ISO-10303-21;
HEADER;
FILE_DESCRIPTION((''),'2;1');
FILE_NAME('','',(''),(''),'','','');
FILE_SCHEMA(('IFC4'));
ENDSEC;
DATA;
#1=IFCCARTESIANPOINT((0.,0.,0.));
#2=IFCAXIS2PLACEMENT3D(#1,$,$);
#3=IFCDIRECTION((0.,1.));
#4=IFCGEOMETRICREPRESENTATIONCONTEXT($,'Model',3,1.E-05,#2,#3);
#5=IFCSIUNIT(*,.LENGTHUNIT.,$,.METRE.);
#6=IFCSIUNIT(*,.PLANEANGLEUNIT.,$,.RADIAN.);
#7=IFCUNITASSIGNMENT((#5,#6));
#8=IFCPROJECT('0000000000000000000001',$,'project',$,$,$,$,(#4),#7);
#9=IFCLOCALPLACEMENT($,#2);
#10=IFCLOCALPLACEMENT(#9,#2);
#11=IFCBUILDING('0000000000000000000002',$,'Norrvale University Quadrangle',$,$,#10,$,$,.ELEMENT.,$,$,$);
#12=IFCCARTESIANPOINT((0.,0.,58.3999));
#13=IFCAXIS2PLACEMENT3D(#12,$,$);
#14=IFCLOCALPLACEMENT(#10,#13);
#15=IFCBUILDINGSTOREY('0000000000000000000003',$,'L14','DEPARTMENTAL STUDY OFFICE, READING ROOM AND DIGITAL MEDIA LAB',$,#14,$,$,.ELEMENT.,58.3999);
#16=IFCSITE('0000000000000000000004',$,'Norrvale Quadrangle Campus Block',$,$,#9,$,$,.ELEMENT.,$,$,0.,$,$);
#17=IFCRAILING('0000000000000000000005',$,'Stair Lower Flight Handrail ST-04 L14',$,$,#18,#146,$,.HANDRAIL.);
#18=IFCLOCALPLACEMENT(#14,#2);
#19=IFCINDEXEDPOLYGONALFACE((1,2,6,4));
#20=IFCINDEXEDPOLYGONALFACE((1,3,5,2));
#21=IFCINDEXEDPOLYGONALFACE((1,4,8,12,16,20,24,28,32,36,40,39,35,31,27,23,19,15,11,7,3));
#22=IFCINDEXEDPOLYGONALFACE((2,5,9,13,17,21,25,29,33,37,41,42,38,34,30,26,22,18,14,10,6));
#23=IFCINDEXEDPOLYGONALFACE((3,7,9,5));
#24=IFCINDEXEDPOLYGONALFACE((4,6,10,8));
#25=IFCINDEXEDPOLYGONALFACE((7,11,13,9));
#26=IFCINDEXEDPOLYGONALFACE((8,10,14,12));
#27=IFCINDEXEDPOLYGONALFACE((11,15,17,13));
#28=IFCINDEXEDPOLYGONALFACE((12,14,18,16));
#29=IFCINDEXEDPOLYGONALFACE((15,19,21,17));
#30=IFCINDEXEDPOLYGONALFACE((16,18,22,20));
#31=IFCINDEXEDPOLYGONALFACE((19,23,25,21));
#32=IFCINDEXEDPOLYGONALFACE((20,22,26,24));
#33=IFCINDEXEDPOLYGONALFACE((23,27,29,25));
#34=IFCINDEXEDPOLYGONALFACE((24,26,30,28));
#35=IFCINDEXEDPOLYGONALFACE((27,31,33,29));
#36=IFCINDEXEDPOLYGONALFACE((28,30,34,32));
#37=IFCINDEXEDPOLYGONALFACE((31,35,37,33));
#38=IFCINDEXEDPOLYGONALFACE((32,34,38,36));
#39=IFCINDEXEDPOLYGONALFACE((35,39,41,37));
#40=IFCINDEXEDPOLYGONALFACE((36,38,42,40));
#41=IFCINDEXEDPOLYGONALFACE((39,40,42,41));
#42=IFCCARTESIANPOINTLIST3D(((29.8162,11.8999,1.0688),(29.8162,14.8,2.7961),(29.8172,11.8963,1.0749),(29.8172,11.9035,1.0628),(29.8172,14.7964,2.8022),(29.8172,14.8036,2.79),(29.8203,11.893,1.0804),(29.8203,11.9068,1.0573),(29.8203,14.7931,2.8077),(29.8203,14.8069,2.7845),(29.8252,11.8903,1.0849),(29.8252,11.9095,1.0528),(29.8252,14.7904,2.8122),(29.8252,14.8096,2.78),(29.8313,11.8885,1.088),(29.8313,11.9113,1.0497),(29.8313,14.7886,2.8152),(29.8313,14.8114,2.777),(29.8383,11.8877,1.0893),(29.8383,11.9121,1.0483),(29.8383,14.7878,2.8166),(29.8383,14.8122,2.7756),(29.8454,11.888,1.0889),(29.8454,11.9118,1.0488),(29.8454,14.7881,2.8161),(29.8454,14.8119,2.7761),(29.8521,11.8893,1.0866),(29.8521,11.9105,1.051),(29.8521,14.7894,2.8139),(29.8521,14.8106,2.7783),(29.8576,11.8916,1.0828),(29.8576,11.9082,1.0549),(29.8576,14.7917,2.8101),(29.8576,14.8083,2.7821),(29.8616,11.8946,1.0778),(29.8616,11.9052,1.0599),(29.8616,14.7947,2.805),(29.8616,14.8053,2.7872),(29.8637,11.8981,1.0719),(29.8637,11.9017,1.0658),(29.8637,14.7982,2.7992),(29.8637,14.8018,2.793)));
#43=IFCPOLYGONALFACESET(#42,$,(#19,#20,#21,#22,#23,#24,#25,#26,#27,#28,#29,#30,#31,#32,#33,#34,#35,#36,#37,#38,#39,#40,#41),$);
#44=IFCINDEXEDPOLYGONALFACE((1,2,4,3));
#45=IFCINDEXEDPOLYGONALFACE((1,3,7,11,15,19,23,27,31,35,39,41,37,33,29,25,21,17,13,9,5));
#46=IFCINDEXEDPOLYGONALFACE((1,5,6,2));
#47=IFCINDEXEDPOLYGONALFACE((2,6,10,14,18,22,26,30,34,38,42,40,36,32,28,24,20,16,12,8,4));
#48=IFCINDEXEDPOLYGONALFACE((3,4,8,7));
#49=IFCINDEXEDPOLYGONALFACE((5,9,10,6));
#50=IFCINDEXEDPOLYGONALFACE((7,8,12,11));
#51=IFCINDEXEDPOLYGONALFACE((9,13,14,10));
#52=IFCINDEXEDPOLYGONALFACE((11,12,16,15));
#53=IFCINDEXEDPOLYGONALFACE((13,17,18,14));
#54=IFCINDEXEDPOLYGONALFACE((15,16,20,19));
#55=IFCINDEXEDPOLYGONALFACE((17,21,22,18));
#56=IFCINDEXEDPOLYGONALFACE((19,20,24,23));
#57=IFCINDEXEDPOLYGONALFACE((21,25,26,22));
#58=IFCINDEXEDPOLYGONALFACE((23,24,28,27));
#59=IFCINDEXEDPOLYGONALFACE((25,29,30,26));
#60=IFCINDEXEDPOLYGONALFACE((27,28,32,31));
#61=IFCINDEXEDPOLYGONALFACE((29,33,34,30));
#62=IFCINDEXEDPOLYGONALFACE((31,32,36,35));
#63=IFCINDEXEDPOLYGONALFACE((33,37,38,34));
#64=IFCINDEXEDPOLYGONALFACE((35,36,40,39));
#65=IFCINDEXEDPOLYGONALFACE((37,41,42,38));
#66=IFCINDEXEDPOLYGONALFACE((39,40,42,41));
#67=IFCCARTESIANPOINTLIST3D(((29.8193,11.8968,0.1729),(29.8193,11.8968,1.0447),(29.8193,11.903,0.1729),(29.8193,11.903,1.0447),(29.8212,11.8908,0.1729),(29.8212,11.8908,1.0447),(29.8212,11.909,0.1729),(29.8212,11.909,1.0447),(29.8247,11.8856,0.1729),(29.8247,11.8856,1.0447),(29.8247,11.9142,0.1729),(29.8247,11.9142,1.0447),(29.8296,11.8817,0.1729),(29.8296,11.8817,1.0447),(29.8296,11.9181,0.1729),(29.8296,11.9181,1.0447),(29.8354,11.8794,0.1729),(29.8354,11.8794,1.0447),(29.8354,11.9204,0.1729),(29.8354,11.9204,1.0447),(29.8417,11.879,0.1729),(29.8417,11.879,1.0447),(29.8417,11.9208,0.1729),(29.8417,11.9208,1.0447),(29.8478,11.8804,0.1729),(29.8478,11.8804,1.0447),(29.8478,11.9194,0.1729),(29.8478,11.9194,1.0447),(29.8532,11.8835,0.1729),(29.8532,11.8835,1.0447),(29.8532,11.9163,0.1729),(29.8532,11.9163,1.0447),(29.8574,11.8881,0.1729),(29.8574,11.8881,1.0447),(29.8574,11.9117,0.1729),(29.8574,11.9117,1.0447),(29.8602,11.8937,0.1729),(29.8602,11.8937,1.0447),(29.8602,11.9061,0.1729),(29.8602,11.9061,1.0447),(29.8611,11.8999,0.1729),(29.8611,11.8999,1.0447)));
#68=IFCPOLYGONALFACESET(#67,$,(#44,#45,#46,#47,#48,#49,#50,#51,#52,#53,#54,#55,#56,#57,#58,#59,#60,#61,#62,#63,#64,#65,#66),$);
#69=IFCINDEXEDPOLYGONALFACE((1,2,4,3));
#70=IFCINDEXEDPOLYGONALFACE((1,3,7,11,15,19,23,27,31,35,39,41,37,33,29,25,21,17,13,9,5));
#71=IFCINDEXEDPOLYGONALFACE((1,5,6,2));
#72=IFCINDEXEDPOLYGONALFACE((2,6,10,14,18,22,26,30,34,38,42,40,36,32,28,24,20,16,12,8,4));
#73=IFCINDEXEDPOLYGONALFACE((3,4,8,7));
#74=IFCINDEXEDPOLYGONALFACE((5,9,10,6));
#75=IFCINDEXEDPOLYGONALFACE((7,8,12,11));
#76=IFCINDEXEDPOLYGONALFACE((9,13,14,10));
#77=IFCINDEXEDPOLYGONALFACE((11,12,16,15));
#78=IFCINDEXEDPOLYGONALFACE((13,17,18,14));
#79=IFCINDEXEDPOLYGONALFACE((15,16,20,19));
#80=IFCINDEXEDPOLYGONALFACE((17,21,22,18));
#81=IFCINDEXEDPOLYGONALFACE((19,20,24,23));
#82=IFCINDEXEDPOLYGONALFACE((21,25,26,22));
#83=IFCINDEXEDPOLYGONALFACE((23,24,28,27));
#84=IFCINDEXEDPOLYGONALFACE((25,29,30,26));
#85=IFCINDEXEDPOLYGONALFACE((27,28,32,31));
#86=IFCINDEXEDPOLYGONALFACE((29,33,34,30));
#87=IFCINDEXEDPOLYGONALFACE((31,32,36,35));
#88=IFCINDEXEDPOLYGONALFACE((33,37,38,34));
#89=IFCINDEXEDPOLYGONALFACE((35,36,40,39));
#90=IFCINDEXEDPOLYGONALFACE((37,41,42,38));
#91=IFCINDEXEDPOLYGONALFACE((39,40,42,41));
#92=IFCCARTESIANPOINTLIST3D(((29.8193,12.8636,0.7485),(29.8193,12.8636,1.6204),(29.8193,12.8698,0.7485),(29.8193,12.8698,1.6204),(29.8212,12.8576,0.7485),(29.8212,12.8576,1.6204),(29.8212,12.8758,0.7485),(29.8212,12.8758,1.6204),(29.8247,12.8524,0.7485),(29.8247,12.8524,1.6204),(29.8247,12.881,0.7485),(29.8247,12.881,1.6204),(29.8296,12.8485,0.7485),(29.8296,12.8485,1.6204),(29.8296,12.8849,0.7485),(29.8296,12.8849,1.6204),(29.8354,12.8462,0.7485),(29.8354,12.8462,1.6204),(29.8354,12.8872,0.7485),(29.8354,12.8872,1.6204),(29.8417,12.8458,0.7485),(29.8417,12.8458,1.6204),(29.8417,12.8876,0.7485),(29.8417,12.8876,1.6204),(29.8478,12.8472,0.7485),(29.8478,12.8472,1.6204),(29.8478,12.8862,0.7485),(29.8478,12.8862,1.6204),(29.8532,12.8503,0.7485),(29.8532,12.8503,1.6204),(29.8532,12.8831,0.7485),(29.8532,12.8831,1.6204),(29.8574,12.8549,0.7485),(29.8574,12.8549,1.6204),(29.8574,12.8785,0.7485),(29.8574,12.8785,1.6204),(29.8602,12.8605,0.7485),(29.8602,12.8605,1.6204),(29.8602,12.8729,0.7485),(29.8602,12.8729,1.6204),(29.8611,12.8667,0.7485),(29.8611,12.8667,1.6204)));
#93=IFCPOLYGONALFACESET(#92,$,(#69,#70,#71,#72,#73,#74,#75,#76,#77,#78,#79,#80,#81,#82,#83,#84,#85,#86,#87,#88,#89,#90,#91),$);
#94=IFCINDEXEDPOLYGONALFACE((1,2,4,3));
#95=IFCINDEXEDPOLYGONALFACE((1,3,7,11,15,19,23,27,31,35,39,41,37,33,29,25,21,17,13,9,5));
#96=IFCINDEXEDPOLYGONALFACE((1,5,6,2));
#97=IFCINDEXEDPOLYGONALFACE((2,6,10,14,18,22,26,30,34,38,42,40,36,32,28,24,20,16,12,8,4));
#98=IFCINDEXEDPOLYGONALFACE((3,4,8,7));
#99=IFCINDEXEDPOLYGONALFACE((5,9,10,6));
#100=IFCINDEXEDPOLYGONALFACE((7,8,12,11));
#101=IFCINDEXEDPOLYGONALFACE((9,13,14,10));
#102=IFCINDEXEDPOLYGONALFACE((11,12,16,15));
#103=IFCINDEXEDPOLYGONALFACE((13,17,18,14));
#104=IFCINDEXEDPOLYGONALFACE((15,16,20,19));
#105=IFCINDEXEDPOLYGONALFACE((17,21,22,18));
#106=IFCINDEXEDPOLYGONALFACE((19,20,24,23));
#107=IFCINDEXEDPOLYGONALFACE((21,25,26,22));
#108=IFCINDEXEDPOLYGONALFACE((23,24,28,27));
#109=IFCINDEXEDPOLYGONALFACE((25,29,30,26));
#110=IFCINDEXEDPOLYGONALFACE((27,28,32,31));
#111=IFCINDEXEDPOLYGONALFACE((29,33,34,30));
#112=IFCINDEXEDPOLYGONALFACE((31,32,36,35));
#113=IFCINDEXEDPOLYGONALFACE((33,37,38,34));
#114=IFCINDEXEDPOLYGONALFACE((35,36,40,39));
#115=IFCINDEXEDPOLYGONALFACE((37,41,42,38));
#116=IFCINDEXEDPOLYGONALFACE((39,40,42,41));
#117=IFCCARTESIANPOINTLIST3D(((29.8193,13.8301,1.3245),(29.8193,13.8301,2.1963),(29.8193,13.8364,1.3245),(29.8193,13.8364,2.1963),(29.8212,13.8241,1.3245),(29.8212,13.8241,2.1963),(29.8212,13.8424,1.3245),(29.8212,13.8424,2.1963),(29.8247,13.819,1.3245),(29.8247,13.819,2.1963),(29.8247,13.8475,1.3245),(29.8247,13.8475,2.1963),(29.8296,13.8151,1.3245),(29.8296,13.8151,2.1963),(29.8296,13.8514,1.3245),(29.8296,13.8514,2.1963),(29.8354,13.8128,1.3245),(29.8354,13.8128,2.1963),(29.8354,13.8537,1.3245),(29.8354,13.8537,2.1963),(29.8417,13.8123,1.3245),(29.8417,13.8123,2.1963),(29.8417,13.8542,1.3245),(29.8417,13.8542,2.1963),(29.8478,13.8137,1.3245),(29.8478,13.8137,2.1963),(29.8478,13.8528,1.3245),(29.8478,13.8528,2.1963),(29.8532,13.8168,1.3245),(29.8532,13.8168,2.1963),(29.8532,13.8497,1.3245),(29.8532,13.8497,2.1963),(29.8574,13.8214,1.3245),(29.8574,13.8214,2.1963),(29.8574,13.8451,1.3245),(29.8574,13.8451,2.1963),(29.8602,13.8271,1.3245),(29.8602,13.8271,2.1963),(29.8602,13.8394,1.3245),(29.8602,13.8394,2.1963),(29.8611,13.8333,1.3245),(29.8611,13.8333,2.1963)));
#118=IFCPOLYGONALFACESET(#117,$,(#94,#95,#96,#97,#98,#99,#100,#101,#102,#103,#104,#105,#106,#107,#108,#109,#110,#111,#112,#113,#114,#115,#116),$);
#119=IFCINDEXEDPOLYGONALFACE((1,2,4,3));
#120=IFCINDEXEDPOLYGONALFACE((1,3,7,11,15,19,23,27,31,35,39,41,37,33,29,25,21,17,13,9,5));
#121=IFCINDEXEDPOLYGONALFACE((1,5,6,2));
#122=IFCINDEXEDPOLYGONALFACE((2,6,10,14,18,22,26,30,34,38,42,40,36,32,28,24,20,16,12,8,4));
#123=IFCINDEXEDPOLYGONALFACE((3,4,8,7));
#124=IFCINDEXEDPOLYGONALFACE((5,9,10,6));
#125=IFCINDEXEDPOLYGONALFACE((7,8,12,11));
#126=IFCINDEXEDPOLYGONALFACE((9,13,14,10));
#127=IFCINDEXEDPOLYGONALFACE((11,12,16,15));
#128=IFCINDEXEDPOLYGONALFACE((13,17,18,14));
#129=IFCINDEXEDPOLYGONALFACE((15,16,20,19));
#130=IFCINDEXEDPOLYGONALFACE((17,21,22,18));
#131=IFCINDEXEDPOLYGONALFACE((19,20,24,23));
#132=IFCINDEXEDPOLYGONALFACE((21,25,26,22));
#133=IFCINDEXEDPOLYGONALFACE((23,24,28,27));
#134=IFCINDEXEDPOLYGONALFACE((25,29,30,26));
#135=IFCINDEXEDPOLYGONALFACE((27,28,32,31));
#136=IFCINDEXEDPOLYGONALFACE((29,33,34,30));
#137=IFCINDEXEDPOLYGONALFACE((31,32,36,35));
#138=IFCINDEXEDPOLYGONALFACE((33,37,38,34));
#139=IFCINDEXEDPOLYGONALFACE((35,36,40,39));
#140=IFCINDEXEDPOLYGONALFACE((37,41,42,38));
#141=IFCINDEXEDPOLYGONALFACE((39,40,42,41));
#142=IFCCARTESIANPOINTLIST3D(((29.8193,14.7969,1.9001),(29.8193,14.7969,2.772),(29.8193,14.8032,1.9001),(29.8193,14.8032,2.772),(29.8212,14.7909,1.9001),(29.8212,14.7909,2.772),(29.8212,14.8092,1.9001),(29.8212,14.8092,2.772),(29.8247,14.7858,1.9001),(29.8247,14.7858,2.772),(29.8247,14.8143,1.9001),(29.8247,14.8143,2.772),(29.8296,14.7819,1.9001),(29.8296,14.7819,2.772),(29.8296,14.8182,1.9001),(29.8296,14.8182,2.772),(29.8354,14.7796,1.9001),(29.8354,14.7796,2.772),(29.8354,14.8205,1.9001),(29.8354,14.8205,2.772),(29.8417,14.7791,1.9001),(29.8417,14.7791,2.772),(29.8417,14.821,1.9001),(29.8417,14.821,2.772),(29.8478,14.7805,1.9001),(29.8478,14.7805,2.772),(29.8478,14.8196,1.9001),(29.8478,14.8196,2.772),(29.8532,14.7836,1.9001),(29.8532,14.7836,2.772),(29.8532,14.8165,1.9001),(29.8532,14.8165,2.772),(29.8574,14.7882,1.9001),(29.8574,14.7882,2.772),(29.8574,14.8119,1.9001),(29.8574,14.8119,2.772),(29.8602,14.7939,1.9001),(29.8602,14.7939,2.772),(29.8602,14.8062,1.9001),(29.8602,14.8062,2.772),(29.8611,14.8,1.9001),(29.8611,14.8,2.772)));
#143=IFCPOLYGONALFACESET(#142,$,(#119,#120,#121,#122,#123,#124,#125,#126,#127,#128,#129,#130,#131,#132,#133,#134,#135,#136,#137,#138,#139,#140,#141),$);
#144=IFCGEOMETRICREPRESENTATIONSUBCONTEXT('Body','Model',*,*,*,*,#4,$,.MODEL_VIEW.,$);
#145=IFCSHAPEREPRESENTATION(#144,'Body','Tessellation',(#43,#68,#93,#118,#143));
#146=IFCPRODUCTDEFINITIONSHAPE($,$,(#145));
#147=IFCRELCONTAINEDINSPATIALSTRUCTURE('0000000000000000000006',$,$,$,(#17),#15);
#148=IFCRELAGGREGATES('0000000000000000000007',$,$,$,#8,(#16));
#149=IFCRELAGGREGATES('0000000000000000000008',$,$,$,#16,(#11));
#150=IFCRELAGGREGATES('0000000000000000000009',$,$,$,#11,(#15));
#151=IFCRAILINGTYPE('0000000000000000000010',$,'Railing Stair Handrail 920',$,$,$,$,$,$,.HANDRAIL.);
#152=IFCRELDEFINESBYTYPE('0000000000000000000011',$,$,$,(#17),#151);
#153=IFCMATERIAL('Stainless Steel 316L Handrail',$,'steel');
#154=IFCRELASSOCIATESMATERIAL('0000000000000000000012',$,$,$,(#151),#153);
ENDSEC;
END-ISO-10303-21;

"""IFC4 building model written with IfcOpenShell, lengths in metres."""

from ifc_helpers import new_model, si_unit, direction, frame, origin, origin_2d, place, context, subcontext, project, spatial, circle, extrude, material, type_object, element, save


model = new_model("IFC4")

# Units and contexts
model_context = context("Model", 3, precision=1e-05, world=origin(), true_north=direction((0.0, 1.0)))
body_context = subcontext(model_context, "Body", "Model", "MODEL_VIEW")
ifc_project = project(units=[si_unit("LENGTHUNIT", "METRE"), si_unit("PLANEANGLEUNIT", "RADIAN")], contexts=[model_context])

# Site, building, storey
site_placement = place(None, origin())
site = spatial("IfcSite", under=ifc_project, at=site_placement, Name="Norrvale Quadrangle Campus Block", CompositionType="ELEMENT", RefElevation=0.0)
building_placement = place(site_placement, origin())
building = spatial("IfcBuilding", under=site, at=building_placement, Name="Norrvale University Quadrangle", CompositionType="ELEMENT")
storey_placement = place(building_placement, frame((0.0, 0.0, 58.3999)))
storey = spatial("IfcBuildingStorey", under=building, at=storey_placement, Name="L14", Description="DEPARTMENTAL STUDY OFFICE, READING ROOM AND DIGITAL MEDIA LAB", CompositionType="ELEMENT", Elevation=58.3999)

# Railing
ifc_material_1 = material(Name="Stainless Steel 316L Handrail", Category="steel")
railing_type_1 = type_object("IfcRailingType", Name="Railing Stair Handrail 920", PredefinedType="HANDRAIL", material=ifc_material_1)
railing_1_placement = place(storey_placement, frame((29.8401, 11.8999, 0.1729)))
element("IfcRailing", 1, at=railing_1_placement, inside=storey, type_object=railing_type_1, Name="Stair Lower Flight Handrail ST-04 L14", PredefinedType="HANDRAIL", context=body_context, shape_type="SweptSolid", body=[
    extrude(circle(Radius=0.0239, at=origin_2d()), frame((0.0, 0.0, 0.896), z_axis=(0.0, 0.85916, 0.511706), x_axis=(-1.0, 0.0, 0.0)), (0.0, 0.0, 1.0), 3.3755),
    extrude(circle(Radius=0.021, at=origin_2d()), origin(), (0.0, 0.0, 1.0), 0.8718),
    extrude(circle(Radius=0.021, at=origin_2d()), frame((0.0, 0.9668, 0.5757)), (0.0, 0.0, 1.0), 0.8718),
    extrude(circle(Radius=0.021, at=origin_2d()), frame((0.0, 1.9333, 1.1516)), (0.0, 0.0, 1.0), 0.8718),
    extrude(circle(Radius=0.021, at=origin_2d()), frame((0.0, 2.9001, 1.7273)), (0.0, 0.0, 1.0), 0.8718),
])

save(model, "model.ifc")
